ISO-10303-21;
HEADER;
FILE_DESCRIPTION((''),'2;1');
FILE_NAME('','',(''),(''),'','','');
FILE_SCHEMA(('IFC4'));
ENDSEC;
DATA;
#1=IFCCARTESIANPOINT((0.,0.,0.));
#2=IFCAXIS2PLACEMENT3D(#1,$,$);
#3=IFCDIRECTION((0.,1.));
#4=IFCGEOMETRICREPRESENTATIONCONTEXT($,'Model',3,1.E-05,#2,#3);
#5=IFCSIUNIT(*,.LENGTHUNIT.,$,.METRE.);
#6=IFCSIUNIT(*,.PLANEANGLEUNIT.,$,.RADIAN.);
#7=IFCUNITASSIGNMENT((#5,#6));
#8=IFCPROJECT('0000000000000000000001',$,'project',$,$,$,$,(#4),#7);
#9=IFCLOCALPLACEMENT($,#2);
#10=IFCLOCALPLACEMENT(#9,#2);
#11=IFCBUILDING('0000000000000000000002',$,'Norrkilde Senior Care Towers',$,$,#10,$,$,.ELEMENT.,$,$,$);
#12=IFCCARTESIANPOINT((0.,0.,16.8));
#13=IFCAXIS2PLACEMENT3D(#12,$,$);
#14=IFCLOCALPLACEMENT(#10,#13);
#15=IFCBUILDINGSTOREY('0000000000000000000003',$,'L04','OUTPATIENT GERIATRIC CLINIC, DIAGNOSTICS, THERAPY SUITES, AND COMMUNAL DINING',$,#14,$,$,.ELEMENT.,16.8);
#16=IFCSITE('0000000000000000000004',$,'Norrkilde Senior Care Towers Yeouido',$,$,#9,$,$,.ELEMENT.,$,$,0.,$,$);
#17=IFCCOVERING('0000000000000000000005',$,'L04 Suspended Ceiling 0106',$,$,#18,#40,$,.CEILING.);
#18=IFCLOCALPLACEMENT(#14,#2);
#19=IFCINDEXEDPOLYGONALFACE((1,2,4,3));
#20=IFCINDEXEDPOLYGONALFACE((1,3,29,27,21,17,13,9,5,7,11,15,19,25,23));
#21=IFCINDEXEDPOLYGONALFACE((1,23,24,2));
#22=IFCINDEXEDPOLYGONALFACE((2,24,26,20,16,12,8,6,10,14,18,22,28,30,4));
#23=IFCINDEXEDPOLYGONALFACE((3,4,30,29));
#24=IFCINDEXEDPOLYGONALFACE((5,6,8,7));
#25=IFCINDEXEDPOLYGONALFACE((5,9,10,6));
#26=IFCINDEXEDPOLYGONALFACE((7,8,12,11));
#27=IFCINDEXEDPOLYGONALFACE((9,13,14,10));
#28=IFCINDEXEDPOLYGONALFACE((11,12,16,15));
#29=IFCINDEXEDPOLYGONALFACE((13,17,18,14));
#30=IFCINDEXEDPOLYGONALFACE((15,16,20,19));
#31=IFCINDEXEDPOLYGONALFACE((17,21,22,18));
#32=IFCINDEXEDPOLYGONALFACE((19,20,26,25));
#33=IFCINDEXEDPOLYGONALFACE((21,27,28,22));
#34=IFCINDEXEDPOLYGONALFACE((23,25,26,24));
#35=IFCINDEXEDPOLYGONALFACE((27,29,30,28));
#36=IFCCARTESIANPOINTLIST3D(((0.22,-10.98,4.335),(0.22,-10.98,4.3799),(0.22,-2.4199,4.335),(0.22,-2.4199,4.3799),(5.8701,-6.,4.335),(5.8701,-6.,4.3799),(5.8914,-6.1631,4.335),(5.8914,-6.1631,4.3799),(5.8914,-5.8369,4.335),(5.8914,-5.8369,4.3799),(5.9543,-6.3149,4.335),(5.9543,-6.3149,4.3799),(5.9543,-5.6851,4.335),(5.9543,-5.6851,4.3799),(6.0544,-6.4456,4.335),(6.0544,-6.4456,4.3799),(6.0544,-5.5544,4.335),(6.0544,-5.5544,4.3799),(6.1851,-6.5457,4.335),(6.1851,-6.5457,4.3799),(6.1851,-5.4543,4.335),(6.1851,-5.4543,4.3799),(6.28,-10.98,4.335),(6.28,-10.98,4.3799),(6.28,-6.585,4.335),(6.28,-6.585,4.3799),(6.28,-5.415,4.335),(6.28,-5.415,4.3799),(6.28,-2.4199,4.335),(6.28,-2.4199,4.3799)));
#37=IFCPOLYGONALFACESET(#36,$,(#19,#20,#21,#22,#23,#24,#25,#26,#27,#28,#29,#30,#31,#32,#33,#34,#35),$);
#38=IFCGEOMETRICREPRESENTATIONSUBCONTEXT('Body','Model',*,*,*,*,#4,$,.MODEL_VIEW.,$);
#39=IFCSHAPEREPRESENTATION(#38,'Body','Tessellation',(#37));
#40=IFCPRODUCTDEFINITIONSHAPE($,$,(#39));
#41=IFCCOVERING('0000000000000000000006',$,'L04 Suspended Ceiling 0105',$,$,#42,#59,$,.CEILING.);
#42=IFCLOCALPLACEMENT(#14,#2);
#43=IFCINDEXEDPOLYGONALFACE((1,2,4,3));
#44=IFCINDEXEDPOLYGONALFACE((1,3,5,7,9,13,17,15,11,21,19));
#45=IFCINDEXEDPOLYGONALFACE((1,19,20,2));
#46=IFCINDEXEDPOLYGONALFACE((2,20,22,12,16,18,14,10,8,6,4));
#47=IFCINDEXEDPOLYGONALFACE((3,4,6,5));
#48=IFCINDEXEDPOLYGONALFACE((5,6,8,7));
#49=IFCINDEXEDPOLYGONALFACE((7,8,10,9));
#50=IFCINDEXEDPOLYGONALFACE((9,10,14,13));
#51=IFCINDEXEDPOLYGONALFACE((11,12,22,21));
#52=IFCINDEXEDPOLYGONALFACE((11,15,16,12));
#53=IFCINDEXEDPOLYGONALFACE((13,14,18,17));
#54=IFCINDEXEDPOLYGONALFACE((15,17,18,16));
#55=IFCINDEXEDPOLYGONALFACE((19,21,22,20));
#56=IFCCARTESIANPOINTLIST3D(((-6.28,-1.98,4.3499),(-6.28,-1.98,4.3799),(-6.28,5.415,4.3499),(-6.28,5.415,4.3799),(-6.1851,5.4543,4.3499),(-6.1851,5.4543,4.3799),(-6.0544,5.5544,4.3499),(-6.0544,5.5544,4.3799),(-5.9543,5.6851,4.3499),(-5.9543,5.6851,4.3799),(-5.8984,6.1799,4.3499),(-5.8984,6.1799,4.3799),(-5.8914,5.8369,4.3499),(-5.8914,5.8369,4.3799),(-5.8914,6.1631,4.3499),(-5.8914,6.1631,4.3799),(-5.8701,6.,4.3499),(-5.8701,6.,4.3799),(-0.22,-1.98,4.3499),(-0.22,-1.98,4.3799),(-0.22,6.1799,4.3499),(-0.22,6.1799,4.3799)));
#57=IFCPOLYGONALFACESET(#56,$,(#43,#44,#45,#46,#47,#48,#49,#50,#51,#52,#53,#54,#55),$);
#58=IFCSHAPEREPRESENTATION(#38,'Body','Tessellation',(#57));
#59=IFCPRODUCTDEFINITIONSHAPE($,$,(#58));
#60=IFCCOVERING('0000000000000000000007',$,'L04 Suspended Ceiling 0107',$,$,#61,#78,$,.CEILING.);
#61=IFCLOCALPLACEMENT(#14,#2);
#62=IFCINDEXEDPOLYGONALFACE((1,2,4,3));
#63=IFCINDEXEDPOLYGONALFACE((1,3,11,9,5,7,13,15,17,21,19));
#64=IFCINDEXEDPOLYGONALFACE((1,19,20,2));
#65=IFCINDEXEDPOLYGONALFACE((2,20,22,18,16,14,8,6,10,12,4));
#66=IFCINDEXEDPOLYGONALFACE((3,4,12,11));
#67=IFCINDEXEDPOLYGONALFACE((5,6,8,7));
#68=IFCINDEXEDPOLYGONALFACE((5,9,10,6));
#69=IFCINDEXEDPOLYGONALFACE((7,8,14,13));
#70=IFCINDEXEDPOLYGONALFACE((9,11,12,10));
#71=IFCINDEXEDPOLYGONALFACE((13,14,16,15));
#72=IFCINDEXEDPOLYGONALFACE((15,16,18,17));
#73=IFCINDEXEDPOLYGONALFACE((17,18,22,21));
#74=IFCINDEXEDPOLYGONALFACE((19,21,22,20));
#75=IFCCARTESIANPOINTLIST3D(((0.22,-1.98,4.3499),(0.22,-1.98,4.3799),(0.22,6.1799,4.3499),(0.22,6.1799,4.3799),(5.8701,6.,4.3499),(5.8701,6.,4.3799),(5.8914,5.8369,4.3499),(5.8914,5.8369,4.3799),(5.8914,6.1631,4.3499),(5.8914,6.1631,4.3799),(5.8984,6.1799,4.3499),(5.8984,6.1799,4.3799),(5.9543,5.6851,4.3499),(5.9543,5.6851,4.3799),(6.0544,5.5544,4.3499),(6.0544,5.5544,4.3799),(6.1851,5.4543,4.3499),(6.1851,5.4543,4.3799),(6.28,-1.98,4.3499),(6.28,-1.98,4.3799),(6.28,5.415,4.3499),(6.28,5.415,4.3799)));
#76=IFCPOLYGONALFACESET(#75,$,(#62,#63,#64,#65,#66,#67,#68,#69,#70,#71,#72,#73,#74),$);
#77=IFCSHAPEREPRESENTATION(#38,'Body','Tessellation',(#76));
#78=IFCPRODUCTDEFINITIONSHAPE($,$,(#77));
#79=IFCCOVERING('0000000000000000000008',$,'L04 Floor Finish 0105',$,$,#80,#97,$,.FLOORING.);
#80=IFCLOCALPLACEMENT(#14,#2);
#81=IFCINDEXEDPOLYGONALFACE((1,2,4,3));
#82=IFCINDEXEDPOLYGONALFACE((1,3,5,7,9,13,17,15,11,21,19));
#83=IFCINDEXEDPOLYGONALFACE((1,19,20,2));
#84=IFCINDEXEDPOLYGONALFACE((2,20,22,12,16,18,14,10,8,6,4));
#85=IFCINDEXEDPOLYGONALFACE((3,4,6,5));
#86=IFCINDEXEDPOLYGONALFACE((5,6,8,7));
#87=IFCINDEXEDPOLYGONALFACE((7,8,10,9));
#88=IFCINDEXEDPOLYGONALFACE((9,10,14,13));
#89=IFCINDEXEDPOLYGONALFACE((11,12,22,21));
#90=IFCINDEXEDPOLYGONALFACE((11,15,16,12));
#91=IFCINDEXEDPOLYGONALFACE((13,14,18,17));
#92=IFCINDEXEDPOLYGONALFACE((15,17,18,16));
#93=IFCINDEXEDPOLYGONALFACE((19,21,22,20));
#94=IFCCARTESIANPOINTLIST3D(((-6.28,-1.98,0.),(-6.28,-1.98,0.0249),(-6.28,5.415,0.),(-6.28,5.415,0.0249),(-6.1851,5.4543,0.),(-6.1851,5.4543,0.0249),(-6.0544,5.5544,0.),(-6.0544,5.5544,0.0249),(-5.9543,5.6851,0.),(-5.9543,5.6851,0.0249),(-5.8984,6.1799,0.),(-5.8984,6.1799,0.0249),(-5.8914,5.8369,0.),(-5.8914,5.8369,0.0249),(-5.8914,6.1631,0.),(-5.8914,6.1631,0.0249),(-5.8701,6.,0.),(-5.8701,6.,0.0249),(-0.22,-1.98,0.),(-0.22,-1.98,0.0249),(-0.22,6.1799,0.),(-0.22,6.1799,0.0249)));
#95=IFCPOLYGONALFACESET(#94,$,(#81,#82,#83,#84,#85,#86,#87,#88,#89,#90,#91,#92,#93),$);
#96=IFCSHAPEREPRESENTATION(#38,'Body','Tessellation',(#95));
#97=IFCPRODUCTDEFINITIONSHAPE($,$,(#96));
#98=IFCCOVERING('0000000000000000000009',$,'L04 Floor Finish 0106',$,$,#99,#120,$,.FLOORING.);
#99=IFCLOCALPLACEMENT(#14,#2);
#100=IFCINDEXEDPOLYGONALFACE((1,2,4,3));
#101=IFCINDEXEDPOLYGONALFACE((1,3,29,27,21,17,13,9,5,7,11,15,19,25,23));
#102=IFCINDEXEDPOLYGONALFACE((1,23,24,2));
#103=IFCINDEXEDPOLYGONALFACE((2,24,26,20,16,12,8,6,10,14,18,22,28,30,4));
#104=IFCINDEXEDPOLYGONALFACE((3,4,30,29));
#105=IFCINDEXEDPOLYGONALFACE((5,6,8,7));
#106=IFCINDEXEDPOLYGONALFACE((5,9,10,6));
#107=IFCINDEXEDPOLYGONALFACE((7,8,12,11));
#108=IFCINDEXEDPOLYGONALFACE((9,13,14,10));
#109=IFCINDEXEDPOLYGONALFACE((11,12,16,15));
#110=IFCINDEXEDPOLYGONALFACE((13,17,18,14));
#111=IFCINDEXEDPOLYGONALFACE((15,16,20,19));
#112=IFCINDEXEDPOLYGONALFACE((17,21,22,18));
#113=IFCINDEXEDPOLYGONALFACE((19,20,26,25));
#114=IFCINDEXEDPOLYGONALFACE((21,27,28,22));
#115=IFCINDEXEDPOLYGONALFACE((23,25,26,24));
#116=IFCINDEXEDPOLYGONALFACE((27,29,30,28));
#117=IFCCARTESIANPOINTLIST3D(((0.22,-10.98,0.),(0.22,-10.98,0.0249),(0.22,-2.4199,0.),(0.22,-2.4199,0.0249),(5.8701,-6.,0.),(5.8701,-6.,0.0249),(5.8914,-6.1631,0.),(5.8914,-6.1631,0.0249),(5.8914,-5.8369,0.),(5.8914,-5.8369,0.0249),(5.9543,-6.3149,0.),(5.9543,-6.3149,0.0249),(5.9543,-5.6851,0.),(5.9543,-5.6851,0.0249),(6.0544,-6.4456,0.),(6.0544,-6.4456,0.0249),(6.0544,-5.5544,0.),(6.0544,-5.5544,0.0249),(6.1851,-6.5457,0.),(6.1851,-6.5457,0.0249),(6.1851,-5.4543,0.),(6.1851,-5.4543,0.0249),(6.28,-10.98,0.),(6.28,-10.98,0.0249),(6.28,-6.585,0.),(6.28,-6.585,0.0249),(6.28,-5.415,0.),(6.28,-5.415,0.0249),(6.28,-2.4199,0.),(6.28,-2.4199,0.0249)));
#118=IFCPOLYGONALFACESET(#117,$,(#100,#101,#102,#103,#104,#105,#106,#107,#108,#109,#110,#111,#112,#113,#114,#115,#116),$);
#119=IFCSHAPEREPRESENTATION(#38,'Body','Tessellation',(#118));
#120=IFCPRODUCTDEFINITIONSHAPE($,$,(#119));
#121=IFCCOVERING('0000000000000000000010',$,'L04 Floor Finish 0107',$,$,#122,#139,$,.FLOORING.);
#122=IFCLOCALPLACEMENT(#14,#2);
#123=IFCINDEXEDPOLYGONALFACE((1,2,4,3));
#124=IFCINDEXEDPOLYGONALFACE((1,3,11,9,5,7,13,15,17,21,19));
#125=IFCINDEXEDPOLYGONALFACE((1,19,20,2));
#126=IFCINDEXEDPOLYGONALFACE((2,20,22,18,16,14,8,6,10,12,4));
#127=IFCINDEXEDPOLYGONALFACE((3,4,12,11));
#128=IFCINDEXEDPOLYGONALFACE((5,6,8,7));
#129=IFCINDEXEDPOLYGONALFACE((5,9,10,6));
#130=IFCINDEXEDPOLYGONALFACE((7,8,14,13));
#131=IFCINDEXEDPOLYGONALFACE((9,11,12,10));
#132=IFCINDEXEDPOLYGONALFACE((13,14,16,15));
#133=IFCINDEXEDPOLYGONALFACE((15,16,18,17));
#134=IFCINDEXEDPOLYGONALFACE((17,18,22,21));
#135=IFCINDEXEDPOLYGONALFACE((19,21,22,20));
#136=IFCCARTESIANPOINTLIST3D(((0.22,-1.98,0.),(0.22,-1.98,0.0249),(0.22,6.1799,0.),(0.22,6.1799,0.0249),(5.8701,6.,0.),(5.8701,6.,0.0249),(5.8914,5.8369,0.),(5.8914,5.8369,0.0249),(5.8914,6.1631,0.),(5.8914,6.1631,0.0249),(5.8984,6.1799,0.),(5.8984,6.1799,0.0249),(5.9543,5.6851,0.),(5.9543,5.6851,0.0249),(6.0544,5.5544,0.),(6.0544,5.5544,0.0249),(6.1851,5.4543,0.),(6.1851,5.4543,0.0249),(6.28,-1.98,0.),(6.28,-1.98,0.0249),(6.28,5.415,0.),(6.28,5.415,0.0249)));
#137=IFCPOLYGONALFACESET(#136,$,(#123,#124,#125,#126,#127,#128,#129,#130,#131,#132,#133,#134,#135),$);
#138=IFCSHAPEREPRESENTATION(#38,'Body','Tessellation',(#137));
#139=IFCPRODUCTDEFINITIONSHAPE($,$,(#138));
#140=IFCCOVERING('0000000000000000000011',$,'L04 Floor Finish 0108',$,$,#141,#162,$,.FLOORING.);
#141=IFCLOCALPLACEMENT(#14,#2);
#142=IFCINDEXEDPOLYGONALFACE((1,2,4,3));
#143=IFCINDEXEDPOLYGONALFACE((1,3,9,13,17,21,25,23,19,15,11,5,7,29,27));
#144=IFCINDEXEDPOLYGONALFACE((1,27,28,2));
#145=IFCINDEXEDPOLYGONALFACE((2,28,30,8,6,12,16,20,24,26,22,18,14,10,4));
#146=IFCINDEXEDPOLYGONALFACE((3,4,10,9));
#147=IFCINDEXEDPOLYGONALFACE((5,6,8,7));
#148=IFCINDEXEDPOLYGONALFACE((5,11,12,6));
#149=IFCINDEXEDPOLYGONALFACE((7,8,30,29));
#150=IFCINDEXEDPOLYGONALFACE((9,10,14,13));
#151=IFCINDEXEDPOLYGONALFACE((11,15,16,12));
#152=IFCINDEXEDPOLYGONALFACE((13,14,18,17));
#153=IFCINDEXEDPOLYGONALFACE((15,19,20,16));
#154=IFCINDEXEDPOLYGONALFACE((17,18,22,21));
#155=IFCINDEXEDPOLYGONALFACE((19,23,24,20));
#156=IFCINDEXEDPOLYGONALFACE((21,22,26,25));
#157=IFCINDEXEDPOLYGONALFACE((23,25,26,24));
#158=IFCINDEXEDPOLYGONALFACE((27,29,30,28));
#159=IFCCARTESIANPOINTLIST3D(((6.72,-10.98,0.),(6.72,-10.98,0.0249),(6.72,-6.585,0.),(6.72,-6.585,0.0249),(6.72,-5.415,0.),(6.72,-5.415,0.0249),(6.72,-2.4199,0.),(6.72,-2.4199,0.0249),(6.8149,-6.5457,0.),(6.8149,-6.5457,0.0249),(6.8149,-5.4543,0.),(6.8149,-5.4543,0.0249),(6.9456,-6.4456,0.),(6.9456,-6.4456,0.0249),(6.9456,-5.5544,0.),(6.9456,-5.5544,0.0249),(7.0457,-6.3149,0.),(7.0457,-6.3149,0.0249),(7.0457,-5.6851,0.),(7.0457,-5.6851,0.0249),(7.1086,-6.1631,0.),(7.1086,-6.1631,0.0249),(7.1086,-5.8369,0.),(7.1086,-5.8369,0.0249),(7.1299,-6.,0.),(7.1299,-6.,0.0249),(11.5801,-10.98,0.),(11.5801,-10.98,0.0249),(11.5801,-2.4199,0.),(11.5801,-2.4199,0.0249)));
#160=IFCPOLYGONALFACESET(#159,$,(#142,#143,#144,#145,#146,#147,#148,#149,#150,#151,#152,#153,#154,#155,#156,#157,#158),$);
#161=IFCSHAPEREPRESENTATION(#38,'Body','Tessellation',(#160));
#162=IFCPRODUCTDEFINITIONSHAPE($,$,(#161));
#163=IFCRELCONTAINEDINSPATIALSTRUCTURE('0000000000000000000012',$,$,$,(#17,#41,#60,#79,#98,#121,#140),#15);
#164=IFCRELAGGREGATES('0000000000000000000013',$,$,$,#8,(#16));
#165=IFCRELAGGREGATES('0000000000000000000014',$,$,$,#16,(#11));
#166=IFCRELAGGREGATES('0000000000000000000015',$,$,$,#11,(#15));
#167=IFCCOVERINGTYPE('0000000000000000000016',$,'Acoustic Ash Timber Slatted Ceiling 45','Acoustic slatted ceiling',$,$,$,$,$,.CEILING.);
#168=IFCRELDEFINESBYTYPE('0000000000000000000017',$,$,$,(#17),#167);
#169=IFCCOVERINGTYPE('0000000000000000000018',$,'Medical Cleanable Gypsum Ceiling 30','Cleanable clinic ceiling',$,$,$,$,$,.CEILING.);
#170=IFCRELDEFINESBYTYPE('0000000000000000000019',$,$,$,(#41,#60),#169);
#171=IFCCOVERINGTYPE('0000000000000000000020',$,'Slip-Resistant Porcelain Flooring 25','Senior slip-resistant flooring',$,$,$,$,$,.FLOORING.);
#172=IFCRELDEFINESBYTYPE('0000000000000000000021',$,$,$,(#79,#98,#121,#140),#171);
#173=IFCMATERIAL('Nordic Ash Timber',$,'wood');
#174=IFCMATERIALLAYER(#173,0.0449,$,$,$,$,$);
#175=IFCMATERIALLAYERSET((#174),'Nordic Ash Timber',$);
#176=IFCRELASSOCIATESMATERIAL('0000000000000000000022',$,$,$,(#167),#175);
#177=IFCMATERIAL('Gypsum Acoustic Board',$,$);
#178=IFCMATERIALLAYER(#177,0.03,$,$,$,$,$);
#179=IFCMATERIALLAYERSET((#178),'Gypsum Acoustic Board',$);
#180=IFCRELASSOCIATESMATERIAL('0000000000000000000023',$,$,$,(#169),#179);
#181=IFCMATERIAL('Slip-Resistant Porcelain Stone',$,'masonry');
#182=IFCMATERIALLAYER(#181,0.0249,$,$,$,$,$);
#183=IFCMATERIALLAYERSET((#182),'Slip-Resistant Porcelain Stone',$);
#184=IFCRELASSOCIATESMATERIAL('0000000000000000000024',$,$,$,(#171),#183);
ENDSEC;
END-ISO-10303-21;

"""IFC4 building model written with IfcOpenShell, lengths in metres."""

from ifc_helpers import new_model, si_unit, direction, frame, origin, place, context, subcontext, project, spatial, polyline, outline, extrude, material, layer, layer_set, type_object, element, save


model = new_model("IFC4")

# Units and contexts
model_context = context("Model", 3, precision=1e-05, world=origin(), true_north=direction((0.0, 1.0)))
body_context = subcontext(model_context, "Body", "Model", "MODEL_VIEW")
ifc_project = project(units=[si_unit("LENGTHUNIT", "METRE"), si_unit("PLANEANGLEUNIT", "RADIAN")], contexts=[model_context])

# Site, building, storey
site_placement = place(None, origin())
site = spatial("IfcSite", under=ifc_project, at=site_placement, Name="Norrkilde Senior Care Towers Yeouido", CompositionType="ELEMENT", RefElevation=0.0)
building_placement = place(site_placement, origin())
building = spatial("IfcBuilding", under=site, at=building_placement, Name="Norrkilde Senior Care Towers", CompositionType="ELEMENT")
storey_placement = place(building_placement, frame((0.0, 0.0, 16.8)))
storey = spatial("IfcBuildingStorey", under=building, at=storey_placement, Name="L04", Description="OUTPATIENT GERIATRIC CLINIC, DIAGNOSTICS, THERAPY SUITES, AND COMMUNAL DINING", CompositionType="ELEMENT", Elevation=16.8)

# Shared definitions
ifc_material_1 = material(Name="Gypsum Acoustic Board")

# Coverings
ifc_material_2 = material(Name="Nordic Ash Timber", Category="wood")
ifc_layer_1 = layer(ifc_material_2, 0.0449)
ifc_layer_set_1 = layer_set([ifc_layer_1], Name="Nordic Ash Timber")
covering_type_1 = type_object("IfcCoveringType", Name="Acoustic Ash Timber Slatted Ceiling 45", Description="Acoustic slatted ceiling", PredefinedType="CEILING", material=ifc_layer_set_1)
covering_1_placement = place(storey_placement, frame((0.0, 0.0, 4.335)))
element("IfcCovering", 1, at=covering_1_placement, inside=storey, type_object=covering_type_1, Name="L04 Suspended Ceiling 0106", PredefinedType="CEILING", context=body_context, shape_type="SweptSolid", body=[
    extrude(outline(polyline([(6.28, -5.415), (6.1851, -5.4543), (6.0544, -5.5544), (5.9543, -5.6851), (5.8914, -5.8369), (5.8701, -6.0), (5.8914, -6.1631), (5.9543, -6.3149), (6.0544, -6.4456), (6.1851, -6.5457), (6.28, -6.585), (6.28, -10.98), (0.22, -10.98), (0.22, -2.4199), (6.28, -2.4199), (6.28, -5.415)])), origin(), (0.0, 0.0, 1.0), 0.0449),
])
ifc_layer_2 = layer(ifc_material_1, 0.03)
ifc_layer_set_2 = layer_set([ifc_layer_2], Name="Gypsum Acoustic Board")
covering_type_2 = type_object("IfcCoveringType", Name="Medical Cleanable Gypsum Ceiling 30", Description="Cleanable clinic ceiling", PredefinedType="CEILING", material=ifc_layer_set_2)
covering_2_placement = place(storey_placement, frame((0.0, 0.0, 4.3499)))
element("IfcCovering", 2, at=covering_2_placement, inside=storey, type_object=covering_type_2, Name="L04 Suspended Ceiling 0105", PredefinedType="CEILING", context=body_context, shape_type="SweptSolid", body=[
    extrude(outline(polyline([(-0.22, -1.98), (-6.28, -1.98), (-6.28, 5.415), (-6.1851, 5.4543), (-6.0544, 5.5544), (-5.9543, 5.6851), (-5.8914, 5.8369), (-5.8701, 6.0), (-5.8914, 6.1631), (-5.8984, 6.1799), (-0.22, 6.1799), (-0.22, -1.98)])), origin(), (0.0, 0.0, 1.0), 0.03),
])
covering_3_placement = place(storey_placement, frame((0.0, 0.0, 4.3499)))
element("IfcCovering", 3, at=covering_3_placement, inside=storey, type_object=covering_type_2, Name="L04 Suspended Ceiling 0107", PredefinedType="CEILING", context=body_context, shape_type="SweptSolid", body=[
    extrude(outline(polyline([(6.28, -1.98), (0.22, -1.98), (0.22, 6.1799), (5.8984, 6.1799), (5.8914, 6.1631), (5.8701, 6.0), (5.8914, 5.8369), (5.9543, 5.6851), (6.0544, 5.5544), (6.1851, 5.4543), (6.28, 5.415), (6.28, -1.98)])), origin(), (0.0, 0.0, 1.0), 0.03),
])
ifc_material_3 = material(Name="Slip-Resistant Porcelain Stone", Category="masonry")
ifc_layer_3 = layer(ifc_material_3, 0.0249)
ifc_layer_set_3 = layer_set([ifc_layer_3], Name="Slip-Resistant Porcelain Stone")
covering_type_3 = type_object("IfcCoveringType", Name="Slip-Resistant Porcelain Flooring 25", Description="Senior slip-resistant flooring", PredefinedType="FLOORING", material=ifc_layer_set_3)
covering_4_placement = place(storey_placement, origin())
element("IfcCovering", 4, at=covering_4_placement, inside=storey, type_object=covering_type_3, Name="L04 Floor Finish 0105", PredefinedType="FLOORING", context=body_context, shape_type="SweptSolid", body=[
    extrude(outline(polyline([(-0.22, -1.98), (-6.28, -1.98), (-6.28, 5.415), (-6.1851, 5.4543), (-6.0544, 5.5544), (-5.9543, 5.6851), (-5.8914, 5.8369), (-5.8701, 6.0), (-5.8914, 6.1631), (-5.8984, 6.1799), (-0.22, 6.1799), (-0.22, -1.98)])), origin(), (0.0, 0.0, 1.0), 0.0249),
])
covering_5_placement = place(storey_placement, origin())
element("IfcCovering", 5, at=covering_5_placement, inside=storey, type_object=covering_type_3, Name="L04 Floor Finish 0106", PredefinedType="FLOORING", context=body_context, shape_type="SweptSolid", body=[
    extrude(outline(polyline([(6.28, -5.415), (6.1851, -5.4543), (6.0544, -5.5544), (5.9543, -5.6851), (5.8914, -5.8369), (5.8701, -6.0), (5.8914, -6.1631), (5.9543, -6.3149), (6.0544, -6.4456), (6.1851, -6.5457), (6.28, -6.585), (6.28, -10.98), (0.22, -10.98), (0.22, -2.4199), (6.28, -2.4199), (6.28, -5.415)])), origin(), (0.0, 0.0, 1.0), 0.0249),
])
covering_6_placement = place(storey_placement, origin())
element("IfcCovering", 6, at=covering_6_placement, inside=storey, type_object=covering_type_3, Name="L04 Floor Finish 0107", PredefinedType="FLOORING", context=body_context, shape_type="SweptSolid", body=[
    extrude(outline(polyline([(6.28, -1.98), (0.22, -1.98), (0.22, 6.1799), (5.8984, 6.1799), (5.8914, 6.1631), (5.8701, 6.0), (5.8914, 5.8369), (5.9543, 5.6851), (6.0544, 5.5544), (6.1851, 5.4543), (6.28, 5.415), (6.28, -1.98)])), origin(), (0.0, 0.0, 1.0), 0.0249),
])
covering_7_placement = place(storey_placement, origin())
element("IfcCovering", 7, at=covering_7_placement, inside=storey, type_object=covering_type_3, Name="L04 Floor Finish 0108", PredefinedType="FLOORING", context=body_context, shape_type="SweptSolid", body=[
    extrude(outline(polyline([(11.5801, -10.98), (6.72, -10.98), (6.72, -6.585), (6.8149, -6.5457), (6.9456, -6.4456), (7.0457, -6.3149), (7.1086, -6.1631), (7.1299, -6.0), (7.1086, -5.8369), (7.0457, -5.6851), (6.9456, -5.5544), (6.8149, -5.4543), (6.72, -5.415), (6.72, -2.4199), (11.5801, -2.4199), (11.5801, -10.98)])), origin(), (0.0, 0.0, 1.0), 0.0249),
])

save(model, "model.ifc")
